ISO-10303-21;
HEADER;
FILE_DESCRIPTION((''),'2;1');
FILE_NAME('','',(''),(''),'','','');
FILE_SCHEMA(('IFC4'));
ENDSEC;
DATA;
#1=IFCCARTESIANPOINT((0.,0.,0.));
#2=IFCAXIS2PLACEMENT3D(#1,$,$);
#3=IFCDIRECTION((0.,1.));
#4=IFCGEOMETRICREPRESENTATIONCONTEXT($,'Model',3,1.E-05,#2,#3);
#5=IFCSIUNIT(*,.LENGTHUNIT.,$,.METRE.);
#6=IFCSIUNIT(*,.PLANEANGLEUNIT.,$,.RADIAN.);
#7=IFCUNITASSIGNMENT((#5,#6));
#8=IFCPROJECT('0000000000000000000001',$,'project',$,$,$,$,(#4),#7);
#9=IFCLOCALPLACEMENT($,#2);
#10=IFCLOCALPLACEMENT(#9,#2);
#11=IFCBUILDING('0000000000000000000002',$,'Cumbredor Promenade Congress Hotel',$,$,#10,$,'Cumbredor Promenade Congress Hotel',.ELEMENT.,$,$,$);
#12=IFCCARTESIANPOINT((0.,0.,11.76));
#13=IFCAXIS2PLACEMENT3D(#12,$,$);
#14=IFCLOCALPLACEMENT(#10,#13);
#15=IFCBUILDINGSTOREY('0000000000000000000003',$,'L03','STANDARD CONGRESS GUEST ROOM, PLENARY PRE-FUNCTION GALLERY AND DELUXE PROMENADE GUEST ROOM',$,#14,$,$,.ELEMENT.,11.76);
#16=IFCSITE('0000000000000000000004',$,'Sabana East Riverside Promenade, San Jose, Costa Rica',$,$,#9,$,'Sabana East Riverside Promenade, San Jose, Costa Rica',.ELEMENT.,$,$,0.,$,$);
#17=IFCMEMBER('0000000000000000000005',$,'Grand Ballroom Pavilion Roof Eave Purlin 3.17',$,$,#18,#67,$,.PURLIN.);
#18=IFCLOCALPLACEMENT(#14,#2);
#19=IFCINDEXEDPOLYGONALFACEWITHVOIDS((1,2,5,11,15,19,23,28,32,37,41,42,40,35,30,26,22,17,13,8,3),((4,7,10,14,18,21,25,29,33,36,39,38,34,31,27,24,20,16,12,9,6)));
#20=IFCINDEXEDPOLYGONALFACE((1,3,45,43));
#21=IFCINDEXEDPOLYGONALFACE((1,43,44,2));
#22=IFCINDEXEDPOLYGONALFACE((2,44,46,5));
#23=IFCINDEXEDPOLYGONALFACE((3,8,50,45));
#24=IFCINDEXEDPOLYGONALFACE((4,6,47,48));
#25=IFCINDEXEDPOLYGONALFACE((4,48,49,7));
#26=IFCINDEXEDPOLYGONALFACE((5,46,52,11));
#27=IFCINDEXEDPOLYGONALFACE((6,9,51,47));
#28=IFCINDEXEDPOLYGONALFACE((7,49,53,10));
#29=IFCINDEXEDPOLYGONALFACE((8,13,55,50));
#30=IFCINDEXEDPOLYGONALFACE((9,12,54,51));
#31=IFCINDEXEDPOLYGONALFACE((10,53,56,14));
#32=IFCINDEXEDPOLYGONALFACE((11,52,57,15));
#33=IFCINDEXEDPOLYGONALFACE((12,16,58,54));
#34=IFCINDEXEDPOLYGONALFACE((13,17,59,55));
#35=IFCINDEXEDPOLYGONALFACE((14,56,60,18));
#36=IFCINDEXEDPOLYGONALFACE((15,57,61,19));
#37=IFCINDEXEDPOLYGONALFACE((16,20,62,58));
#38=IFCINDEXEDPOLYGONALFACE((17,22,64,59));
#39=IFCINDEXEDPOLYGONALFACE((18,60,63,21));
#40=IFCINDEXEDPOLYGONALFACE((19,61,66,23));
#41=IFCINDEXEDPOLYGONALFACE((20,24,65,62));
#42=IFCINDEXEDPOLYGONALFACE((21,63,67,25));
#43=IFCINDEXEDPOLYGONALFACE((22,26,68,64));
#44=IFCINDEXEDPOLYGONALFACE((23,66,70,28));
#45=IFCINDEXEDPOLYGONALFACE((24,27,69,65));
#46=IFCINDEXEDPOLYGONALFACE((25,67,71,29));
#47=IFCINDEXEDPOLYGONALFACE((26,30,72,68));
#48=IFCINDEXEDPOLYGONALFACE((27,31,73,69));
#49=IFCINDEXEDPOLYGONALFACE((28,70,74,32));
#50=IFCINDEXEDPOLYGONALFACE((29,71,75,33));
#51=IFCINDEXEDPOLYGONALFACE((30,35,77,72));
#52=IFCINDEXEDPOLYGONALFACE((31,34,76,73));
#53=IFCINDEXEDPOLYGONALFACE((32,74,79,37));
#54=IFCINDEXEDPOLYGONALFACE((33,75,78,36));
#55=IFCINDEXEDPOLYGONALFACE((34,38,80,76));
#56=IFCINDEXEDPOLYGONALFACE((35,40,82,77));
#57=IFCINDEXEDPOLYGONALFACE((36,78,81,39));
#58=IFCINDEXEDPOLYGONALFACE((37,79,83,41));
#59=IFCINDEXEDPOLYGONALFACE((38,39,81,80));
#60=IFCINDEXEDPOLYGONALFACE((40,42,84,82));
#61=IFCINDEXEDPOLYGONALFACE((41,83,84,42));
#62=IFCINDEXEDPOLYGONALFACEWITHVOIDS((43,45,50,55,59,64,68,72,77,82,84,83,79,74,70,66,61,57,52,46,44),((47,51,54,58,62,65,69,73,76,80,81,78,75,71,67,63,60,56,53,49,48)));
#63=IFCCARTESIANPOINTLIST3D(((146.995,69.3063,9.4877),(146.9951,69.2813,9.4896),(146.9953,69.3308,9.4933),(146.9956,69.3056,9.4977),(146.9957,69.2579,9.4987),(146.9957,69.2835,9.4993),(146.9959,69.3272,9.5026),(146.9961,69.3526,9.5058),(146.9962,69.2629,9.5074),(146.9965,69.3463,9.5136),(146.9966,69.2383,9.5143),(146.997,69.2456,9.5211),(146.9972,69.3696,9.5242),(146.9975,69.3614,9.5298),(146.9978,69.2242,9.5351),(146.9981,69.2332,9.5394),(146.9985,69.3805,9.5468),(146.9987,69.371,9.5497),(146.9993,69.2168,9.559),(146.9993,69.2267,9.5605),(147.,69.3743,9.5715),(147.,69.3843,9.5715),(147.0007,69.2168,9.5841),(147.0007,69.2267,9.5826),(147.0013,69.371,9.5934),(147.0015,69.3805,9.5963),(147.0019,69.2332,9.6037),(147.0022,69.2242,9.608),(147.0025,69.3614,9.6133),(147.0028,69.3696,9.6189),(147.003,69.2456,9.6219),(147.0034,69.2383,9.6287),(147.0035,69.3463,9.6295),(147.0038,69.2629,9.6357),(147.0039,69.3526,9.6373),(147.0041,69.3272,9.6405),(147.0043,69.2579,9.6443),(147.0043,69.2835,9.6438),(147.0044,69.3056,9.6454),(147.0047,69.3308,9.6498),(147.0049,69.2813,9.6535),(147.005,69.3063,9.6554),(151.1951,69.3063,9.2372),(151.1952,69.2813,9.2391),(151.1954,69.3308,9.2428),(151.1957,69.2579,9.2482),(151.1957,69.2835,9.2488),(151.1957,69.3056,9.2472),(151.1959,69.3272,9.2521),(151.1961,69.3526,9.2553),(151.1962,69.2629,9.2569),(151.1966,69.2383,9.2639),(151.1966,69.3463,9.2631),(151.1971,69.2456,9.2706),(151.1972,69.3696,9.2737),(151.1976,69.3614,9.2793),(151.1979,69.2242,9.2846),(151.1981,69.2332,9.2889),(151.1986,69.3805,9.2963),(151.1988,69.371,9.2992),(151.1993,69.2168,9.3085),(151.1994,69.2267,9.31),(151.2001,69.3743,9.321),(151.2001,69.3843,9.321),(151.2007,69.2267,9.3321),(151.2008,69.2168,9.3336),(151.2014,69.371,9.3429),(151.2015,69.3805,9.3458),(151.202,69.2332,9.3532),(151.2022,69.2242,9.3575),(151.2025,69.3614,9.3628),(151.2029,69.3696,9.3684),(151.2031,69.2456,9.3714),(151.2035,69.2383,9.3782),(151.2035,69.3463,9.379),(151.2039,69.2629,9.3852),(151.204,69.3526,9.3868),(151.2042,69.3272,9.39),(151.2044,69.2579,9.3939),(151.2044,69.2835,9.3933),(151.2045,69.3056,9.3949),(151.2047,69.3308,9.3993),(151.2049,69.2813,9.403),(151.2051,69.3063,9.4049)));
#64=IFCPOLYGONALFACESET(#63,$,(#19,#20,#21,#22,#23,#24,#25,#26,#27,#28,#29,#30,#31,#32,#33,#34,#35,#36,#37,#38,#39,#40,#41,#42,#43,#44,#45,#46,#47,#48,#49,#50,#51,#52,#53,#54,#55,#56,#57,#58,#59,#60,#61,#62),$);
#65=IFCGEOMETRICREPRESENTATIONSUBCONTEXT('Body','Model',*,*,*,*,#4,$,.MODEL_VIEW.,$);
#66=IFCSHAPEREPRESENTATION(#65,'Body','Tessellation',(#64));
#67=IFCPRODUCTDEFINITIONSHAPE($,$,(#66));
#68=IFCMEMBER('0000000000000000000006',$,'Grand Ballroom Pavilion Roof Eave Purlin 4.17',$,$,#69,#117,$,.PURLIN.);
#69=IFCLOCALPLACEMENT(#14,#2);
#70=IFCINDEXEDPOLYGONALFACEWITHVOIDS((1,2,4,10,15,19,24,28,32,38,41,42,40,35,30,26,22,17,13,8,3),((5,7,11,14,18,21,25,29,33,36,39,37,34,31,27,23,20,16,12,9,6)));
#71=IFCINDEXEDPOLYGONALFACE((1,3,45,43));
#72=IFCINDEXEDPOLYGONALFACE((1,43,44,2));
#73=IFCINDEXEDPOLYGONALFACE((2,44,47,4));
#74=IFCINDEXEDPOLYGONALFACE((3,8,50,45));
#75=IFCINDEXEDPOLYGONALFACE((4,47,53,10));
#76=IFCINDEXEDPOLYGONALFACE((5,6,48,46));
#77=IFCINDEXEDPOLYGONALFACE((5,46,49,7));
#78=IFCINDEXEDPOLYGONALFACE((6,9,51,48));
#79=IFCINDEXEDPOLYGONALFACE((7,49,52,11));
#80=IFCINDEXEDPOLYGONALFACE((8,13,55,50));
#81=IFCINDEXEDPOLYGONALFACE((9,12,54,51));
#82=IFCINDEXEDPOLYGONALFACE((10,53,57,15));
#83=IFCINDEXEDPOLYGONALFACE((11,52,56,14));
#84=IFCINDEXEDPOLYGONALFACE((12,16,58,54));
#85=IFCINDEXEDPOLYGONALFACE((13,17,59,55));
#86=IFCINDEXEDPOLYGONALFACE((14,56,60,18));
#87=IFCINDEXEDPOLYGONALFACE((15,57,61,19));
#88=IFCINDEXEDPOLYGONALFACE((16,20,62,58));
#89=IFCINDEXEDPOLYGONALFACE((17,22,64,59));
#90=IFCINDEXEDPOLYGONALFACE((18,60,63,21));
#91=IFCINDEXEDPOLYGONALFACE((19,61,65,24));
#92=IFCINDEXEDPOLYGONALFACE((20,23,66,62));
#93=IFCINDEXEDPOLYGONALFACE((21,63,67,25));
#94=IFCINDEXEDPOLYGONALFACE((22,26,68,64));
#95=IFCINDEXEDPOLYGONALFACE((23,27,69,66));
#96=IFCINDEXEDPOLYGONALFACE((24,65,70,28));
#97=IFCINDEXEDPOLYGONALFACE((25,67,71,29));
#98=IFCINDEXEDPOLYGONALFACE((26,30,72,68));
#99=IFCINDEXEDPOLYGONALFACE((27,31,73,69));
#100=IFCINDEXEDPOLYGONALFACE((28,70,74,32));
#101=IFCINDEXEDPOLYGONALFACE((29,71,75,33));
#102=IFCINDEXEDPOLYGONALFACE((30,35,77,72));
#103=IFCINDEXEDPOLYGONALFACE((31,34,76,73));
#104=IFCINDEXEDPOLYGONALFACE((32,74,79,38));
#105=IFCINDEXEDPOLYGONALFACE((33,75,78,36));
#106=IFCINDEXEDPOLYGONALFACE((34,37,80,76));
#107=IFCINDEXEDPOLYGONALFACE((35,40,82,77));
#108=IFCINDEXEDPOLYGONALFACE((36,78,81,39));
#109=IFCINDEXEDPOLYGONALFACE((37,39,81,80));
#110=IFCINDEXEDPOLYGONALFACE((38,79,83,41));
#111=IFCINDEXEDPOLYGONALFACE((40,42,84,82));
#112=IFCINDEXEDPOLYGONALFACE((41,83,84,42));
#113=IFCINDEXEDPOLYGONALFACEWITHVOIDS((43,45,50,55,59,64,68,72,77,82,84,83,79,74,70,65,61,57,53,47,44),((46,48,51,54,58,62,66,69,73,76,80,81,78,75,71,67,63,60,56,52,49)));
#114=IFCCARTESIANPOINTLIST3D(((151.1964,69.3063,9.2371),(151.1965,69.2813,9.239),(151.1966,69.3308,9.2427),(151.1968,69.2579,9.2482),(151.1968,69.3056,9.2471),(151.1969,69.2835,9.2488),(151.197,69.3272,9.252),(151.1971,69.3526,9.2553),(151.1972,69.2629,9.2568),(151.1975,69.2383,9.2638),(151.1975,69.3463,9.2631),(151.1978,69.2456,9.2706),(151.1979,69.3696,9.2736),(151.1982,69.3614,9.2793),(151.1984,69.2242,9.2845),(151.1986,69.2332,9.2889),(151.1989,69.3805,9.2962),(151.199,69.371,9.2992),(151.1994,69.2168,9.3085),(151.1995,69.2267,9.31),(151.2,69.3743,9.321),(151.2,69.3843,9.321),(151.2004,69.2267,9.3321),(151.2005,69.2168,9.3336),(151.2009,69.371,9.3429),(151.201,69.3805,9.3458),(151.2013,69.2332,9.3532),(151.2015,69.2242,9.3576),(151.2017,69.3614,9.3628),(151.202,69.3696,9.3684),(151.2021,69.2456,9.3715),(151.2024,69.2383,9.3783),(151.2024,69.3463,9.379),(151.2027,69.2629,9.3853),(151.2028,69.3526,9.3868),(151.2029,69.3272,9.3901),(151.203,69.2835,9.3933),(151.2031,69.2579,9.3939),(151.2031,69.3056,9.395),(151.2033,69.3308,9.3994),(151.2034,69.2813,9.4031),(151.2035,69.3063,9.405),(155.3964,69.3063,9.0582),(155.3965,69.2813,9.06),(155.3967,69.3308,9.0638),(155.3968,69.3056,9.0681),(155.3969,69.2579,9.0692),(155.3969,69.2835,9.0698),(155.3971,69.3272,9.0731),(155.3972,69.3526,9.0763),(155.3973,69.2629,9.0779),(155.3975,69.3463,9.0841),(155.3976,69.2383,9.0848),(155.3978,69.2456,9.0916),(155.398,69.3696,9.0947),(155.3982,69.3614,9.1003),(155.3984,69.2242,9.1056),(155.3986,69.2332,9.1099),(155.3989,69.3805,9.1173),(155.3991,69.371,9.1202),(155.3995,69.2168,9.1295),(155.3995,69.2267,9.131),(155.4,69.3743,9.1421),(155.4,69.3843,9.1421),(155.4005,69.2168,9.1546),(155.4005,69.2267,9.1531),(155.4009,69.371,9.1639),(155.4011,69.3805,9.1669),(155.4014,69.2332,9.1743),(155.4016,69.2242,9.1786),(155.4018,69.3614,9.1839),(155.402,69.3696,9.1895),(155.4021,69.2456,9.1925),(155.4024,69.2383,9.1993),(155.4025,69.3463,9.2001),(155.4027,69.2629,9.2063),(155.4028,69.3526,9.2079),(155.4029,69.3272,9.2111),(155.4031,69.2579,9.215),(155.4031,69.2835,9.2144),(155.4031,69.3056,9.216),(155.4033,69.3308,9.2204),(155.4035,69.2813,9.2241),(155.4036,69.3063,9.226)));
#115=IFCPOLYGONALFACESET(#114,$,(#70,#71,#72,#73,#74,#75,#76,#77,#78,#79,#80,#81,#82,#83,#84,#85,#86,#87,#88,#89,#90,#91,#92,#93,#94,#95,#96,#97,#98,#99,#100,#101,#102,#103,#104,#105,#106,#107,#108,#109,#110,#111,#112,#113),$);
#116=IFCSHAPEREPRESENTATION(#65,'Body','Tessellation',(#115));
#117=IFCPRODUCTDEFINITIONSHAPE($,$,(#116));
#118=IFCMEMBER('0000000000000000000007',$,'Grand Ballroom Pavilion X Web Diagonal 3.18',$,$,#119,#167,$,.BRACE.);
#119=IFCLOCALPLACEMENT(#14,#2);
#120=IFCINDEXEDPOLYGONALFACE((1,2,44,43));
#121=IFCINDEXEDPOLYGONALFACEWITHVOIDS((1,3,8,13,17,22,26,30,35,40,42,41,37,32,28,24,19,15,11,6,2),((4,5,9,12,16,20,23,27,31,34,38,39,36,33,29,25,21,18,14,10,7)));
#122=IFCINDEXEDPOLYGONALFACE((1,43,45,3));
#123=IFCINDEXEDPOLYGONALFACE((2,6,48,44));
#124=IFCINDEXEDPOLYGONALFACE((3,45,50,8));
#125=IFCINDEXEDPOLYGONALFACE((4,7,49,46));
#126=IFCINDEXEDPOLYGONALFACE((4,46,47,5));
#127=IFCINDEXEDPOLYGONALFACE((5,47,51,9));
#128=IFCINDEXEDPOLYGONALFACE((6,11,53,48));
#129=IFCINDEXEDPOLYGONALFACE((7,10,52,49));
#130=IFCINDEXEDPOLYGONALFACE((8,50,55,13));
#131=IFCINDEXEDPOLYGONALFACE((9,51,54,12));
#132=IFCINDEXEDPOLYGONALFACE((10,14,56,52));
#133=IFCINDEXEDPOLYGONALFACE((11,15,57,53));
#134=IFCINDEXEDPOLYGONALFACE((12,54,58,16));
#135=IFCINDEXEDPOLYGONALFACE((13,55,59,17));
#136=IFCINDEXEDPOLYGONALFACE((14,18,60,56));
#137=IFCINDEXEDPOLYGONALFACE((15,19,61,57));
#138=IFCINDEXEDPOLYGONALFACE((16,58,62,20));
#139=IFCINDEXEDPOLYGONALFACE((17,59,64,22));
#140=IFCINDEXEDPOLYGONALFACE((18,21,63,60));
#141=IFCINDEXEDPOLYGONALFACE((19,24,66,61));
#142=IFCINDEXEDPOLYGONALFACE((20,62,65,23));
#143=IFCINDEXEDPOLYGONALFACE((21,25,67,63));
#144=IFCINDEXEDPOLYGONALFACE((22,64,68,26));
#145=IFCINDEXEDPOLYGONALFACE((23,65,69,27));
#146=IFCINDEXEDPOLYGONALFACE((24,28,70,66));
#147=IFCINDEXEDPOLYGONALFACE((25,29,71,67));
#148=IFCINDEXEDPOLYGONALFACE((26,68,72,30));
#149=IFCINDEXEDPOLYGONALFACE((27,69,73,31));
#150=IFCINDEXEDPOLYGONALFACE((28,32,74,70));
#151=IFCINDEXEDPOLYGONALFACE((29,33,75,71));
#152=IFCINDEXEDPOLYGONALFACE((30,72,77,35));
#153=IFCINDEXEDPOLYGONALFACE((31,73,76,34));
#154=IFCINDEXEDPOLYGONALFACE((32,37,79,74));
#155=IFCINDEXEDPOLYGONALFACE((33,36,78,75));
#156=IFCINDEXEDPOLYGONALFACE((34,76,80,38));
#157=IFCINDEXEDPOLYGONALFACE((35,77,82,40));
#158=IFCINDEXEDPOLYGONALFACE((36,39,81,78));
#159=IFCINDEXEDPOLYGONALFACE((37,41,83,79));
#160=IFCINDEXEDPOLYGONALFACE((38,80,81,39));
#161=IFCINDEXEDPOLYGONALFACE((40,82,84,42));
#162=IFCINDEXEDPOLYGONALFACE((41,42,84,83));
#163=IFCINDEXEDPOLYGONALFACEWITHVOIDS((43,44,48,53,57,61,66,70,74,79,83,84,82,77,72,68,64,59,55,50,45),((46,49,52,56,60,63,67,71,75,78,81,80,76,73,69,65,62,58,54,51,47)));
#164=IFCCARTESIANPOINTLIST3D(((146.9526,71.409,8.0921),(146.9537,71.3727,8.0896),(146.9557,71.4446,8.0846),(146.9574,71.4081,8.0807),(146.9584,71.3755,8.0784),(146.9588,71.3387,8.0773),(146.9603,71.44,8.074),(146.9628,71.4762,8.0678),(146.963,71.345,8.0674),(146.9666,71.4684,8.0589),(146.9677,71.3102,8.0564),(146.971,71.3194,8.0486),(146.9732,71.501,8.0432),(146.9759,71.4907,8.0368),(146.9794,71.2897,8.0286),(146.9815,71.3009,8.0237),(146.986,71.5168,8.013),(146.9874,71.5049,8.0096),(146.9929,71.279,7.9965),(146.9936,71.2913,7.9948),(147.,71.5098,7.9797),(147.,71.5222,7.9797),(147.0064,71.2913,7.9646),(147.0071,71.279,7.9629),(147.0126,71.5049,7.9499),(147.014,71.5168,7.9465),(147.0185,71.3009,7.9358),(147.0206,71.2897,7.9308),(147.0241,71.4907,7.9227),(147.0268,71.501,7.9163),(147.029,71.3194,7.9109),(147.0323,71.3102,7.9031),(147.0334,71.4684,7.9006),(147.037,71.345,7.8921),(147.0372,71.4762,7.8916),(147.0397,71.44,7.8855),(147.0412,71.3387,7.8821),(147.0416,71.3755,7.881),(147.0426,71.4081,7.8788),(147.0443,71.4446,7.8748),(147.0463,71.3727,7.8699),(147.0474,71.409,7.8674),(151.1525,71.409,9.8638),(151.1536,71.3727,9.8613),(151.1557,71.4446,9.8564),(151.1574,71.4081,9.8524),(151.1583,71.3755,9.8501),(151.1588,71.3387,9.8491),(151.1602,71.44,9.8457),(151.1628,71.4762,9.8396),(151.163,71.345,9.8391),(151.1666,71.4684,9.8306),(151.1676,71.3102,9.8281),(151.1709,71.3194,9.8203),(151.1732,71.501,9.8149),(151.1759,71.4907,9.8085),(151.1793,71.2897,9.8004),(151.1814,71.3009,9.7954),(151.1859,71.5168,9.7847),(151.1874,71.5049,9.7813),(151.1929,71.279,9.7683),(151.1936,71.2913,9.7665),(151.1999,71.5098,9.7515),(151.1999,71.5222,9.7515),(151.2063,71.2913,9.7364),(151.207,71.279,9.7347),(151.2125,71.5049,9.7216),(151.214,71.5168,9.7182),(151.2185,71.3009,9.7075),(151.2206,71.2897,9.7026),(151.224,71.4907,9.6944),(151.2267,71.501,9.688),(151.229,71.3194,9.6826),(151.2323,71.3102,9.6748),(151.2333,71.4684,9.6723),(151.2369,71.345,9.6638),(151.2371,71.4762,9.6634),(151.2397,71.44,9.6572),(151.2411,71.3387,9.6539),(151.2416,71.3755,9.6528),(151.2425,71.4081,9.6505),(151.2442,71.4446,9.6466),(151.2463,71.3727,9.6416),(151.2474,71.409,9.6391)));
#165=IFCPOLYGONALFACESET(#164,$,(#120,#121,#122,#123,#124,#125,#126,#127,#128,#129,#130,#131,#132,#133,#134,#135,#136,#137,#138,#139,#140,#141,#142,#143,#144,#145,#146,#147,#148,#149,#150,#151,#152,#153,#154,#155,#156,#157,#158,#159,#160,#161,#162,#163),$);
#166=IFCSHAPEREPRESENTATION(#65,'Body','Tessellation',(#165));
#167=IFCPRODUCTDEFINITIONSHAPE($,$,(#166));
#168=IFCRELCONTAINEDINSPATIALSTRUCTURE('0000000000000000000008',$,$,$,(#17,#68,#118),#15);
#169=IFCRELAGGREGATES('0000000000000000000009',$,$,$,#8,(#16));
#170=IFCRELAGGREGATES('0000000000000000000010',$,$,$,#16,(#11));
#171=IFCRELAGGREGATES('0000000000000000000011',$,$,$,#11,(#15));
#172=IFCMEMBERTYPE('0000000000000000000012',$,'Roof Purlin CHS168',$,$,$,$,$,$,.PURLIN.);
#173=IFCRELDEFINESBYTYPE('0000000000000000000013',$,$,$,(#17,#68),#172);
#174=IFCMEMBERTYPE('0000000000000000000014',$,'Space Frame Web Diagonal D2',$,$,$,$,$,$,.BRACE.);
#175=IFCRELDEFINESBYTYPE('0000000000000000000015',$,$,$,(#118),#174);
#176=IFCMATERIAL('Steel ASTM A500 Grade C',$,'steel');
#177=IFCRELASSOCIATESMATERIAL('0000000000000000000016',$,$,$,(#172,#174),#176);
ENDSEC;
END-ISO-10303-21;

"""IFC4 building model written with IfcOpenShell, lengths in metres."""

from ifc_helpers import new_model, si_unit, direction, frame, origin, origin_2d, place, context, subcontext, project, spatial, hollow_circle, extrude, material, material_profile, profile_set, type_object, element, save


model = new_model("IFC4")

# Units and contexts
model_context = context("Model", 3, precision=1e-05, world=origin(), true_north=direction((0.0, 1.0)))
body_context = subcontext(model_context, "Body", "Model", "MODEL_VIEW")
ifc_project = project(units=[si_unit("LENGTHUNIT", "METRE"), si_unit("PLANEANGLEUNIT", "RADIAN")], contexts=[model_context])

# Site, building, storey
site_placement = place(None, origin())
site = spatial("IfcSite", under=ifc_project, at=site_placement, Name="Sabana East Riverside Promenade, San Jose, Costa Rica", LongName="Sabana East Riverside Promenade, San Jose, Costa Rica", CompositionType="ELEMENT", RefElevation=0.0)
building_placement = place(site_placement, origin())
building = spatial("IfcBuilding", under=site, at=building_placement, Name="Cumbredor Promenade Congress Hotel", LongName="Cumbredor Promenade Congress Hotel", CompositionType="ELEMENT")
storey_placement = place(building_placement, frame((0.0, 0.0, 11.76)))
storey = spatial("IfcBuildingStorey", under=building, at=storey_placement, Name="L03", Description="STANDARD CONGRESS GUEST ROOM, PLENARY PRE-FUNCTION GALLERY AND DELUXE PROMENADE GUEST ROOM", CompositionType="ELEMENT", Elevation=11.76)

# Shared definitions
ifc_material_1 = material(Name="Steel ASTM A500 Grade C", Category="steel")

# Members
ifc_material_profile_1 = material_profile(ifc_material_1, hollow_circle(Radius=0.0842, WallThickness=0.01, at=origin_2d()), Name="CHS 168.3x10")
ifc_profile_set_1 = profile_set([ifc_material_profile_1], Name="Steel ASTM A500 Grade C")
member_type_1 = type_object("IfcMemberType", Name="Roof Purlin CHS168", PredefinedType="PURLIN", material=ifc_profile_set_1)
member_1_placement = place(storey_placement, frame((147.0, 69.3, 9.5715), z_axis=(0.998226, 0.0, -0.059535), x_axis=(0.0, 1.0, 0.0)))
element("IfcMember", 1, at=member_1_placement, inside=storey, type_object=member_type_1, Name="Grand Ballroom Pavilion Roof Eave Purlin 3.17", PredefinedType="PURLIN", context=body_context, shape_type="SweptSolid", body=[
    extrude(hollow_circle(Radius=0.0842, WallThickness=0.01, at=origin_2d()), origin(), (0.0, 0.0, 1.0), 4.2075),
])
member_2_placement = place(storey_placement, frame((151.2, 69.3, 9.321), z_axis=(0.999093, 0.0, -0.04257), x_axis=(0.0, 1.0, 0.0)))
element("IfcMember", 2, at=member_2_placement, inside=storey, type_object=member_type_1, Name="Grand Ballroom Pavilion Roof Eave Purlin 4.17", PredefinedType="PURLIN", context=body_context, shape_type="SweptSolid", body=[
    extrude(hollow_circle(Radius=0.0842, WallThickness=0.01, at=origin_2d()), origin(), (0.0, 0.0, 1.0), 4.2039),
])
ifc_material_profile_2 = material_profile(ifc_material_1, hollow_circle(Radius=0.1223, WallThickness=0.0125, at=origin_2d()), Name="CHS 244.5x12.5")
ifc_profile_set_2 = profile_set([ifc_material_profile_2], Name="Steel ASTM A500 Grade C")
member_type_2 = type_object("IfcMemberType", Name="Space Frame Web Diagonal D2", PredefinedType="BRACE", material=ifc_profile_set_2)
member_3_placement = place(storey_placement, frame((147.0, 71.3999, 7.9797), z_axis=(0.921374, 0.0, 0.388677), x_axis=(0.0, 1.0, 0.0)))
element("IfcMember", 3, at=member_3_placement, inside=storey, type_object=member_type_2, Name="Grand Ballroom Pavilion X Web Diagonal 3.18", PredefinedType="BRACE", context=body_context, shape_type="SweptSolid", body=[
    extrude(hollow_circle(Radius=0.1223, WallThickness=0.0125, at=origin_2d()), origin(), (0.0, 0.0, 1.0), 4.5583),
])

save(model, "model.ifc")
